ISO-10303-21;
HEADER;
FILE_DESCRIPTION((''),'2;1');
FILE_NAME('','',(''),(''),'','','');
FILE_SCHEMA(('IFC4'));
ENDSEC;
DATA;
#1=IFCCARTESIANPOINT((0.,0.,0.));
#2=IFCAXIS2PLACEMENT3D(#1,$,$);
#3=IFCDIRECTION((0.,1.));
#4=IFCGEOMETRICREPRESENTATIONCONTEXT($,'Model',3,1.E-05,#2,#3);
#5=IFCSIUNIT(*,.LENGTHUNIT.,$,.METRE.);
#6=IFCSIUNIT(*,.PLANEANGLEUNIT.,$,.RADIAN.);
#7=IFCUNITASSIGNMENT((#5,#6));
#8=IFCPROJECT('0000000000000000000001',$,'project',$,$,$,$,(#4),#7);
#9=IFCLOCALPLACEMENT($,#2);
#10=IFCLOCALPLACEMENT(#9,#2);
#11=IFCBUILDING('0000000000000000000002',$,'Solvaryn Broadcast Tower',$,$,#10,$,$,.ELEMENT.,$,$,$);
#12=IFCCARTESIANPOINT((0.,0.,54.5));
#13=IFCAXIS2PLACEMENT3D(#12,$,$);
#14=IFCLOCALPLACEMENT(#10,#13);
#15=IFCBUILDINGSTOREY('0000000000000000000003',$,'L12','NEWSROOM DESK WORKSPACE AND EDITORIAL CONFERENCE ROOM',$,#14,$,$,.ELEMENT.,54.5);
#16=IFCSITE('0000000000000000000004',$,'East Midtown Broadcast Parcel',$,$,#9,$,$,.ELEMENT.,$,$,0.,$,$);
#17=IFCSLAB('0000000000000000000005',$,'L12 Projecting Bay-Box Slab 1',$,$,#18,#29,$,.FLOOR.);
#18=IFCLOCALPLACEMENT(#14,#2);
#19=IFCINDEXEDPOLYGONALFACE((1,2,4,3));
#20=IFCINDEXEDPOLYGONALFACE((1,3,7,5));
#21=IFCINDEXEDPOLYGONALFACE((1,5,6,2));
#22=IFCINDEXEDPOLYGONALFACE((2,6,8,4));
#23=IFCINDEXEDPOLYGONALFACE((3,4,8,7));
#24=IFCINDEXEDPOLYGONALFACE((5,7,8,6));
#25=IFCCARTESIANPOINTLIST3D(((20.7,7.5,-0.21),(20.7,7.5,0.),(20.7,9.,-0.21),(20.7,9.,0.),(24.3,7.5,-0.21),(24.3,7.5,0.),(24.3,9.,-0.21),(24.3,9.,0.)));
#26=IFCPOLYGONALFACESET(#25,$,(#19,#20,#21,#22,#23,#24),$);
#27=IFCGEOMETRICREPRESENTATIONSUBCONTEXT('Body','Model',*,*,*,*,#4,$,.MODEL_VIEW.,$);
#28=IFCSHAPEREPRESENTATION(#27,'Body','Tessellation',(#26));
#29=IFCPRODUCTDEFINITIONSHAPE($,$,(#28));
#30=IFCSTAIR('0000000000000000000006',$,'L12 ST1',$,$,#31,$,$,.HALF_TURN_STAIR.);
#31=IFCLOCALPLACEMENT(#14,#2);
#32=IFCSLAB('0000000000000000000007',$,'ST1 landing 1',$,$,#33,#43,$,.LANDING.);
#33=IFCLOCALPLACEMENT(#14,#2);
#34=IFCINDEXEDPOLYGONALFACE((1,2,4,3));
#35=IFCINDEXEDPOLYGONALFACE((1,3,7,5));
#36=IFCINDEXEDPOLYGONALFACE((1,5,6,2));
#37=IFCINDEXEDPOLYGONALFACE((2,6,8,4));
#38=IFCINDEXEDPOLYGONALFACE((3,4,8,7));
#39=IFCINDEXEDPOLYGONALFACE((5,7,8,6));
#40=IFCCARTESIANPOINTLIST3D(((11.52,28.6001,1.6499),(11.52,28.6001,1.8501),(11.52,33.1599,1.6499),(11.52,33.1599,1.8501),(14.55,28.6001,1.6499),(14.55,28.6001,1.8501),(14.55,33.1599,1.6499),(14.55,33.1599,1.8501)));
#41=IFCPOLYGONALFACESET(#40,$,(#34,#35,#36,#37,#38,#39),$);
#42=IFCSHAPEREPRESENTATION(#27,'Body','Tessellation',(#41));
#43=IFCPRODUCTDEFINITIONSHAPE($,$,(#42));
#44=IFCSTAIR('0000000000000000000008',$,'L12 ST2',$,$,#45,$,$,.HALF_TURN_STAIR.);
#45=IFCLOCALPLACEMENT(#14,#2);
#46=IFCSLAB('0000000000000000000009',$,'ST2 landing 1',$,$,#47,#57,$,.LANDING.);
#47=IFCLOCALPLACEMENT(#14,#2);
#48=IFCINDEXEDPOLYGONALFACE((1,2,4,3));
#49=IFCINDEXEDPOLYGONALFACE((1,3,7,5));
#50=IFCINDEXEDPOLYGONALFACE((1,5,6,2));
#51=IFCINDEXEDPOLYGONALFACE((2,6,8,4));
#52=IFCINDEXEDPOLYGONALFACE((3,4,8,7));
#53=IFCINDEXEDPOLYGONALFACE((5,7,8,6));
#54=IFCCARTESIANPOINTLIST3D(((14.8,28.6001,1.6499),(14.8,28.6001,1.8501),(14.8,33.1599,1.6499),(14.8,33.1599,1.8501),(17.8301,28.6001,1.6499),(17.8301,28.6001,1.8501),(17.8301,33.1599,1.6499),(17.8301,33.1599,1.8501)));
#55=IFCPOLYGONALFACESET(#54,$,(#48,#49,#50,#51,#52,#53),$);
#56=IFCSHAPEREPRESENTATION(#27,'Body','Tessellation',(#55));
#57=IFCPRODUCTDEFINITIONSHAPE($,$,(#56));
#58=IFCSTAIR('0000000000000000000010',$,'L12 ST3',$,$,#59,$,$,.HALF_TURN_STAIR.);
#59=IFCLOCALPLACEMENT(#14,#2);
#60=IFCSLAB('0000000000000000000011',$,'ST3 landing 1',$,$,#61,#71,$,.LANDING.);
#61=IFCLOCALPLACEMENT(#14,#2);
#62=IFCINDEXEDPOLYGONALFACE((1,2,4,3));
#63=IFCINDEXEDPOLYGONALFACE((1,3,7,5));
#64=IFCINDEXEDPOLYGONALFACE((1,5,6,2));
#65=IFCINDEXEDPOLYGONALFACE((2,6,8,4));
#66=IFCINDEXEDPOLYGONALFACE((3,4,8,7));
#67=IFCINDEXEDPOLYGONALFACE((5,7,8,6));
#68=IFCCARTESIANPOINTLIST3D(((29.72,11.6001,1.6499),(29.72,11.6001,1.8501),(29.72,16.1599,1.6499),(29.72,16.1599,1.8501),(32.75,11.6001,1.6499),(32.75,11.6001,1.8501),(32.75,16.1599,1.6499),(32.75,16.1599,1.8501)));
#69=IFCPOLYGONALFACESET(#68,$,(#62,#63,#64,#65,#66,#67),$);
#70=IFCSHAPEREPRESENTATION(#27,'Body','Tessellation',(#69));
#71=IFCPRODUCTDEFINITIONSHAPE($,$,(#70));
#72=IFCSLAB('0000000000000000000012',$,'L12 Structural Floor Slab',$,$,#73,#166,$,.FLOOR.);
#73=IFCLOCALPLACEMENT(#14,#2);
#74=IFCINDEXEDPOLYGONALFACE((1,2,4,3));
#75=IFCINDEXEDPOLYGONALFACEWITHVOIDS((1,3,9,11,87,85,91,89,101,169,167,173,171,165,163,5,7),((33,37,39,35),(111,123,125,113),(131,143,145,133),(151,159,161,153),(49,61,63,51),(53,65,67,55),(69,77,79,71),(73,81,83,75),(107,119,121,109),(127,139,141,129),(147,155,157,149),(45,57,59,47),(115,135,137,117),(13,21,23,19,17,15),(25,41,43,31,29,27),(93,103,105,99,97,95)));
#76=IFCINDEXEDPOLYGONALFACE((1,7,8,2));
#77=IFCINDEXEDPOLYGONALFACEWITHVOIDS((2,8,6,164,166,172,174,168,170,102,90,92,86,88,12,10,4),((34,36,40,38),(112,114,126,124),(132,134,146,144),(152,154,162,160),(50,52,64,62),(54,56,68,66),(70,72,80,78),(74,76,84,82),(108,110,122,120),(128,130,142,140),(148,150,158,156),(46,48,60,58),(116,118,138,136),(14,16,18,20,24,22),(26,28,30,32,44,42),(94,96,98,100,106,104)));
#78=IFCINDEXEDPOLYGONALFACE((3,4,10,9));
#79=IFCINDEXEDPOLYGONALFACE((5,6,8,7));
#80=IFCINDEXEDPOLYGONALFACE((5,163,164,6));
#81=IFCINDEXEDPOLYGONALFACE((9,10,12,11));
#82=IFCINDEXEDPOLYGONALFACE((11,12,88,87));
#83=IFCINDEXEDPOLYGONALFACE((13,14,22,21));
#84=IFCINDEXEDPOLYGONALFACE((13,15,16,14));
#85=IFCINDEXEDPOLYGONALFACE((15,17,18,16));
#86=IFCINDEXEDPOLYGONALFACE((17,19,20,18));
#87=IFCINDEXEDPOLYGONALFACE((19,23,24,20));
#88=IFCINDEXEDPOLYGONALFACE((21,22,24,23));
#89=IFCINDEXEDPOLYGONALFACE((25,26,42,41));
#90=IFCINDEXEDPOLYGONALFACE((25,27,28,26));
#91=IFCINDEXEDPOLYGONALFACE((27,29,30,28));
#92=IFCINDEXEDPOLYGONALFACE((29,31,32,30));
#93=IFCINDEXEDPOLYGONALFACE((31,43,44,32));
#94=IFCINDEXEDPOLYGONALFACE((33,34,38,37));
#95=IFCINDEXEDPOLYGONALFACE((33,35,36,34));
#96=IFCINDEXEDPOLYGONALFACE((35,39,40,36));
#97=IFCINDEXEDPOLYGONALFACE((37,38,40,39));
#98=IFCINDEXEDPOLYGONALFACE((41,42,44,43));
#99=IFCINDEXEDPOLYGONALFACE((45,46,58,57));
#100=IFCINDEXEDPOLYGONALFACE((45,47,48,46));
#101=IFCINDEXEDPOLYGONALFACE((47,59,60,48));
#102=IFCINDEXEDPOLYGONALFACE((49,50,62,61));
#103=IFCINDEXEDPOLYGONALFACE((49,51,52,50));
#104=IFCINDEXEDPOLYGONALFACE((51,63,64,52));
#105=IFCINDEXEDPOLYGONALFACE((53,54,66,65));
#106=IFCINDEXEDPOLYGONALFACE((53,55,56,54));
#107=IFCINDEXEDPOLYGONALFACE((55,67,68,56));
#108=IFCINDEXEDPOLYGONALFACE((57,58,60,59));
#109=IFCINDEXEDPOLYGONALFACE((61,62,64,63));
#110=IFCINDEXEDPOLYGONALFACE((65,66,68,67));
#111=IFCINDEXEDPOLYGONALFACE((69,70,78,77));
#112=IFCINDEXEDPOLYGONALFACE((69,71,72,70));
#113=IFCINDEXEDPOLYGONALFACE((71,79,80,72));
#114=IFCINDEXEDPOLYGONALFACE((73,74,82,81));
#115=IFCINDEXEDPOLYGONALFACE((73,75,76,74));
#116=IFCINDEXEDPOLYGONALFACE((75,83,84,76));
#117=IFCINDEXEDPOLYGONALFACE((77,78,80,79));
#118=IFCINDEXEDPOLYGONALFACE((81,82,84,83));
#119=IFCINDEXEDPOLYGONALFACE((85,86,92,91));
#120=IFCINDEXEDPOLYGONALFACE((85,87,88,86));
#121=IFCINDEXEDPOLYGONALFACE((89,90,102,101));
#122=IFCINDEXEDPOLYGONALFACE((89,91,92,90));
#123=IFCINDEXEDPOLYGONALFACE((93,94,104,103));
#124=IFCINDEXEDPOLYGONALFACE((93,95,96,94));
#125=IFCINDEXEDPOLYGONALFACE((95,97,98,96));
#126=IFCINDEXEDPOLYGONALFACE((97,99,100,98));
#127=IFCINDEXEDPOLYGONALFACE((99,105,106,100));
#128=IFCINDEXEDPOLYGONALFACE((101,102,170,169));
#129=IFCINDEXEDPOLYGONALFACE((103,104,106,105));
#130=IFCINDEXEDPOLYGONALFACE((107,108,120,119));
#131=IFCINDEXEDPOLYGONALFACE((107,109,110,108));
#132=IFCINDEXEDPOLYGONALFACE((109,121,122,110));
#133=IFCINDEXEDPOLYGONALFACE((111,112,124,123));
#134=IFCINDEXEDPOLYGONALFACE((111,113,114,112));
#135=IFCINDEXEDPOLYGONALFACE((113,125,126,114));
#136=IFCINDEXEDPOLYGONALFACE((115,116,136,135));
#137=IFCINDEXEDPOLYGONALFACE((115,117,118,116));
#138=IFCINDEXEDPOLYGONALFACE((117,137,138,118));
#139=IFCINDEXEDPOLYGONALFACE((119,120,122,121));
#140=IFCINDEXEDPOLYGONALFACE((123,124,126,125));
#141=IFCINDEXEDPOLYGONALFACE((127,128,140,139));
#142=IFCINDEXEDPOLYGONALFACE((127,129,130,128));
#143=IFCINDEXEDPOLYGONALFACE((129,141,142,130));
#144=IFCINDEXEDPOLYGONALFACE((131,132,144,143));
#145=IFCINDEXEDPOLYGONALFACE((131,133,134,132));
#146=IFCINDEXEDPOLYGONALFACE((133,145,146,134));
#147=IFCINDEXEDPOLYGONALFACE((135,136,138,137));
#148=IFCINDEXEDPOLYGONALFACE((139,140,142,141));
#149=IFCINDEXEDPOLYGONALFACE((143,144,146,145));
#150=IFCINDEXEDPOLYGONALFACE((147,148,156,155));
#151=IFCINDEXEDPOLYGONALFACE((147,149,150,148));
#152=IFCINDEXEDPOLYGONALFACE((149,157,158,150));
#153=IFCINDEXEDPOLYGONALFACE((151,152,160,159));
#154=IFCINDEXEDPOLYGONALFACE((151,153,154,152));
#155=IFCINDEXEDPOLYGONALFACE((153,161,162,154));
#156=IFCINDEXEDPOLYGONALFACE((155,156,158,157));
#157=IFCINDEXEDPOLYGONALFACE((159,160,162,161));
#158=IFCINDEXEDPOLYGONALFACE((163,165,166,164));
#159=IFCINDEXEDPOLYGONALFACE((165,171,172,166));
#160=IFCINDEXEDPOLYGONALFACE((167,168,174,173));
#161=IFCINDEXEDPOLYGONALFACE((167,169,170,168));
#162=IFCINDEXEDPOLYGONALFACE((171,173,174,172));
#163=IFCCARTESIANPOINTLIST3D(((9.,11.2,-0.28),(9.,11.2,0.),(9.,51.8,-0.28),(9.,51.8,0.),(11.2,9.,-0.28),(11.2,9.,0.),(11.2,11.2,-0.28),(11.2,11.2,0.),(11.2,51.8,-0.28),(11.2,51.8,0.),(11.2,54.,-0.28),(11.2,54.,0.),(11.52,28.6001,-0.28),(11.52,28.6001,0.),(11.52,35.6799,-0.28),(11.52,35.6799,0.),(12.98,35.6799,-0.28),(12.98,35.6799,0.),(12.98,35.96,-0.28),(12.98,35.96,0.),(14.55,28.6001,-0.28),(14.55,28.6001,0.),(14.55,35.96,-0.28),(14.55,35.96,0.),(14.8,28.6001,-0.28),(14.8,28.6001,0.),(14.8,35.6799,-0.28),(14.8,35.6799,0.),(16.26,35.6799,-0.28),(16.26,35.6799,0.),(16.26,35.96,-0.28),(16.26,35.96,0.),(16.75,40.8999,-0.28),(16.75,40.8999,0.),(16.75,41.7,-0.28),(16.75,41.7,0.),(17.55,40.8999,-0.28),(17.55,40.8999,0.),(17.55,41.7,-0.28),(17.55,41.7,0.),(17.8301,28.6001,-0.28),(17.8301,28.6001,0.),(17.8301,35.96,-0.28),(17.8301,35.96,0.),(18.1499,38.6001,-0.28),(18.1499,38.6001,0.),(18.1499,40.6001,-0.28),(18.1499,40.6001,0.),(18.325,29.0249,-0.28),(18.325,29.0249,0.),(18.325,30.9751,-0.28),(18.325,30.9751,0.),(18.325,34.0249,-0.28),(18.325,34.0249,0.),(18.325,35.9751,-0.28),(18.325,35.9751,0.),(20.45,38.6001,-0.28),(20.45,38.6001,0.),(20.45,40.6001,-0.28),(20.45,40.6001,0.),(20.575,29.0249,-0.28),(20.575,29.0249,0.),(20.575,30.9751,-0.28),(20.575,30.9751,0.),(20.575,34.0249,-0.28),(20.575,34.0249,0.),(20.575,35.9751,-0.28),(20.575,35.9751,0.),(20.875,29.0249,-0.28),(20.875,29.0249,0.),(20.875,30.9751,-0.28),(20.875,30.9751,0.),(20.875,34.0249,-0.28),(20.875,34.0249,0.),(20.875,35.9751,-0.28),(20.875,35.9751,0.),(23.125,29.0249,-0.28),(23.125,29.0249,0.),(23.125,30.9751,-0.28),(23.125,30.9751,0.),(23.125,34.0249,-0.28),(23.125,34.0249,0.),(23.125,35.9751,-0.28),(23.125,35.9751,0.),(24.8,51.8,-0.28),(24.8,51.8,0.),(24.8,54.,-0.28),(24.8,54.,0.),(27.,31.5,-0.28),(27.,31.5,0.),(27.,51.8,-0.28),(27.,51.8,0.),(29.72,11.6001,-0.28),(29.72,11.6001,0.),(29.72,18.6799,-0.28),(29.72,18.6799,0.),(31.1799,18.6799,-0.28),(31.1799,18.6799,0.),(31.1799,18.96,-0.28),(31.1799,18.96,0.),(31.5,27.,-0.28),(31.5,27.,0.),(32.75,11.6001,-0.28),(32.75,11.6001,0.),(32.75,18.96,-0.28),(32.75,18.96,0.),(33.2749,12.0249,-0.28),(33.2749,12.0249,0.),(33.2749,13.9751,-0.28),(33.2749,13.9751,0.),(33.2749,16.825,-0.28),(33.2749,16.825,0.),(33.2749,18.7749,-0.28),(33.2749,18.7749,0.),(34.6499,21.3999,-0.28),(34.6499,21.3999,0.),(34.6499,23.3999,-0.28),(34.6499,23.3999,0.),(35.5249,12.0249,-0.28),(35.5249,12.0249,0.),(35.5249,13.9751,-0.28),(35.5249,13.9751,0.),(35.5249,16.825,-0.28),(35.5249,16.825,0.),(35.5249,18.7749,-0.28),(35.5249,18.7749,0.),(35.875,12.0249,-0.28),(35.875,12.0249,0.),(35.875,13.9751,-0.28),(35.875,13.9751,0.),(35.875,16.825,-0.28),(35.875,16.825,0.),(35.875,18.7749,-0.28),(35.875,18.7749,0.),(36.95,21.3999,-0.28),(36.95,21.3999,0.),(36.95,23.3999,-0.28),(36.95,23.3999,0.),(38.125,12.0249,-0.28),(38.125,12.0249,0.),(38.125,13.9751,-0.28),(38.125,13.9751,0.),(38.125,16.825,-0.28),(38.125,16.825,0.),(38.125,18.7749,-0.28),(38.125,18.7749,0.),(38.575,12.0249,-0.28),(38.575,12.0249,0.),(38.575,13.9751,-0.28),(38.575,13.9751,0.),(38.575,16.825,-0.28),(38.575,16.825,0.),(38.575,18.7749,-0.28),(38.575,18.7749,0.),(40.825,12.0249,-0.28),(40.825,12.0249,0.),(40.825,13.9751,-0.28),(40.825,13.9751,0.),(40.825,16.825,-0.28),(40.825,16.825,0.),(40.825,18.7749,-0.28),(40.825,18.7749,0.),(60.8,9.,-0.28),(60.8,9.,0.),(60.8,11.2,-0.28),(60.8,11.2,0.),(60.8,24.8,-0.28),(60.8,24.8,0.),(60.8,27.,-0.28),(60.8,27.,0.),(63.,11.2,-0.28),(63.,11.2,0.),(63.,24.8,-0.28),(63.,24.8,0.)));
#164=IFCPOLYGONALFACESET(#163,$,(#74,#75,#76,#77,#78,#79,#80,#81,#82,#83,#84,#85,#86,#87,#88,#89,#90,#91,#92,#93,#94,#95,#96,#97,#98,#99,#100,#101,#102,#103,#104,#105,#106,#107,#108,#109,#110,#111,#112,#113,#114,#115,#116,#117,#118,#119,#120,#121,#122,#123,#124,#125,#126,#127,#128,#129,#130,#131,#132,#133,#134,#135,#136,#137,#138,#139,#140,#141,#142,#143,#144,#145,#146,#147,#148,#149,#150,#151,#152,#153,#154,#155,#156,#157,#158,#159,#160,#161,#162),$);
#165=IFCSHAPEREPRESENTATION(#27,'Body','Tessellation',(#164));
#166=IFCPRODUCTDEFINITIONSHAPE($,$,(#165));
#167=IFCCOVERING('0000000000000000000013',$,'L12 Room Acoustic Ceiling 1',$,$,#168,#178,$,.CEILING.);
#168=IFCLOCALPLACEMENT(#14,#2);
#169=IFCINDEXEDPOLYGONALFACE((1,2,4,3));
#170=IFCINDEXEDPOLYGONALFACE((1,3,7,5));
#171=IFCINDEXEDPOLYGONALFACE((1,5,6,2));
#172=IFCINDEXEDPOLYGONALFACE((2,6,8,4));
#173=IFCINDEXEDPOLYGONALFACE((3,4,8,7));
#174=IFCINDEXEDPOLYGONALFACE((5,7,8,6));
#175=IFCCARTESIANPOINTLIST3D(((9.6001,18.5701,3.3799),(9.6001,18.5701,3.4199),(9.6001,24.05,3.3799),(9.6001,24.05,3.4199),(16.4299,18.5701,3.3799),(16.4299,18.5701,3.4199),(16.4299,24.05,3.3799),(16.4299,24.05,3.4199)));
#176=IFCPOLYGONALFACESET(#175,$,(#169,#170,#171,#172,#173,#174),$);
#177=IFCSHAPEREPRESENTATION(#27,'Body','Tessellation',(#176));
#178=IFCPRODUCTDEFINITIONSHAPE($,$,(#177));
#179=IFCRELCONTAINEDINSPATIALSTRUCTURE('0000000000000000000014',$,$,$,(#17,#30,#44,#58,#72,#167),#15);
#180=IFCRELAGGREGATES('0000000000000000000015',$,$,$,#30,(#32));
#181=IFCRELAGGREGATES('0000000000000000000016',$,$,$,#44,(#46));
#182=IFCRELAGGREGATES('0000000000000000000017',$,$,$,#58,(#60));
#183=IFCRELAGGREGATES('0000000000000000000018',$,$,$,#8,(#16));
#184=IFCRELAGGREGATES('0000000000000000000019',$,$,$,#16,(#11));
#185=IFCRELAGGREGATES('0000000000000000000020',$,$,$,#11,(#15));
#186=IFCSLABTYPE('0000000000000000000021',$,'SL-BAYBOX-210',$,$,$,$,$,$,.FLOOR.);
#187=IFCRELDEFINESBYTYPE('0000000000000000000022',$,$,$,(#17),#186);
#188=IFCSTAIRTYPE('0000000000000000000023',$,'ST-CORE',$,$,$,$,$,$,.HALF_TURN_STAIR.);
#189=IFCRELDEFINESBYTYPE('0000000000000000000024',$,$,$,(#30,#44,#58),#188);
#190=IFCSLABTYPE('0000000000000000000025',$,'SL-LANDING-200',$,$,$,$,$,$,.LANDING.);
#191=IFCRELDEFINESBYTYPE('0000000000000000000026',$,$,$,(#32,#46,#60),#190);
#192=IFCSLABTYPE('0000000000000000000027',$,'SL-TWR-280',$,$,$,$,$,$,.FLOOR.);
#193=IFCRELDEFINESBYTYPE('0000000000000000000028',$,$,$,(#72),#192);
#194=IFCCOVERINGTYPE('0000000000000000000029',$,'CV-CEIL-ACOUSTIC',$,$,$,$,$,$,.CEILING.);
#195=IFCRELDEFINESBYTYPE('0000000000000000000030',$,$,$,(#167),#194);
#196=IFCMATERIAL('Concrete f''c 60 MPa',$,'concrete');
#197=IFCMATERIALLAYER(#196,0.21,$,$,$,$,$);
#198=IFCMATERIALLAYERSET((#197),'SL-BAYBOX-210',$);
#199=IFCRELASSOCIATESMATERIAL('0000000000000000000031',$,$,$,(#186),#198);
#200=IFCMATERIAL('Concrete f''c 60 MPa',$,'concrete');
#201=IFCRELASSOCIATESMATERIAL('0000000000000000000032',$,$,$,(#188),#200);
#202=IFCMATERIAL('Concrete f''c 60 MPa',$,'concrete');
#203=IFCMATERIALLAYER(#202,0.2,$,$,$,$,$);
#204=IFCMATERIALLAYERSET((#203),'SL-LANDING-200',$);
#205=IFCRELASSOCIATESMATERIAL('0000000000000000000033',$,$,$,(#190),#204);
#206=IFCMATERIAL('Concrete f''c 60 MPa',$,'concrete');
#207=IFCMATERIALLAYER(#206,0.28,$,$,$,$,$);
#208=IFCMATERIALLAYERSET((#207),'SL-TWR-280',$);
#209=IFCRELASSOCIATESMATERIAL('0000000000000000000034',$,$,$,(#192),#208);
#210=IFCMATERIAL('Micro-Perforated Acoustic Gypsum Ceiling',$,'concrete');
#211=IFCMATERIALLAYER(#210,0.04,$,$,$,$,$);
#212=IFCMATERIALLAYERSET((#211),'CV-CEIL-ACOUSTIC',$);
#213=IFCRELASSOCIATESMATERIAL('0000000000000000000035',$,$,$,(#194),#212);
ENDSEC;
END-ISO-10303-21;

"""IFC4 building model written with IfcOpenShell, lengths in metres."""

from ifc_helpers import new_model, si_unit, direction, frame, origin, place, context, subcontext, project, spatial, polyline, outline, extrude, material, layer, layer_set, type_object, element, aggregate, save


model = new_model("IFC4")

# Units and contexts
model_context = context("Model", 3, precision=1e-05, world=origin(), true_north=direction((0.0, 1.0)))
body_context = subcontext(model_context, "Body", "Model", "MODEL_VIEW")
ifc_project = project(units=[si_unit("LENGTHUNIT", "METRE"), si_unit("PLANEANGLEUNIT", "RADIAN")], contexts=[model_context])

# Site, building, storey
site_placement = place(None, origin())
site = spatial("IfcSite", under=ifc_project, at=site_placement, Name="East Midtown Broadcast Parcel", CompositionType="ELEMENT", RefElevation=0.0)
building_placement = place(site_placement, origin())
building = spatial("IfcBuilding", under=site, at=building_placement, Name="Solvaryn Broadcast Tower", CompositionType="ELEMENT")
storey_placement = place(building_placement, frame((0.0, 0.0, 54.5)))
storey = spatial("IfcBuildingStorey", under=building, at=storey_placement, Name="L12", Description="NEWSROOM DESK WORKSPACE AND EDITORIAL CONFERENCE ROOM", CompositionType="ELEMENT", Elevation=54.5)

# Slab
ifc_material_1 = material(Name="Concrete f'c 60 MPa", Category="concrete")
ifc_layer_1 = layer(ifc_material_1, 0.21)
ifc_layer_set_1 = layer_set([ifc_layer_1], Name="SL-BAYBOX-210")
slab_type_1 = type_object("IfcSlabType", Name="SL-BAYBOX-210", PredefinedType="FLOOR", material=ifc_layer_set_1)
slab_1_placement = place(storey_placement, frame((0.0, 0.0, -0.21)))
element("IfcSlab", 1, at=slab_1_placement, inside=storey, type_object=slab_type_1, Name="L12 Projecting Bay-Box Slab 1", PredefinedType="FLOOR", context=body_context, shape_type="SweptSolid", body=[
    extrude(outline(polyline([(20.7, 7.5), (24.3, 7.5), (24.3, 9.0), (20.7, 9.0), (20.7, 7.5)])), origin(), (0.0, 0.0, 1.0), 0.21),
])

# Stairs, slabs
ifc_material_2 = material(Name="Concrete f'c 60 MPa", Category="concrete")
stair_type = type_object("IfcStairType", Name="ST-CORE", PredefinedType="HALF_TURN_STAIR", material=ifc_material_2)
stair_1_placement = place(storey_placement, origin())
stair_1 = element("IfcStair", 2, at=stair_1_placement, inside=storey, type_object=stair_type, Name="L12 ST1", PredefinedType="HALF_TURN_STAIR")
ifc_material_3 = material(Name="Concrete f'c 60 MPa", Category="concrete")
ifc_layer_2 = layer(ifc_material_3, 0.2)
ifc_layer_set_2 = layer_set([ifc_layer_2], Name="SL-LANDING-200")
slab_type_2 = type_object("IfcSlabType", Name="SL-LANDING-200", PredefinedType="LANDING", material=ifc_layer_set_2)
slab_2_placement = place(storey_placement, frame((0.0, 0.0, 1.6499)))
slab_2 = element("IfcSlab", 3, at=slab_2_placement, type_object=slab_type_2, Name="ST1 landing 1", PredefinedType="LANDING", context=body_context, shape_type="SweptSolid", body=[
    extrude(outline(polyline([(11.52, 33.1599), (11.52, 28.6001), (14.55, 28.6001), (14.55, 33.1599), (11.52, 33.1599)])), origin(), (0.0, 0.0, 1.0), 0.2002),
])
aggregate(stair_1, [slab_2])
stair_2_placement = place(storey_placement, origin())
stair_2 = element("IfcStair", 4, at=stair_2_placement, inside=storey, type_object=stair_type, Name="L12 ST2", PredefinedType="HALF_TURN_STAIR")
slab_3_placement = place(storey_placement, frame((0.0, 0.0, 1.6499)))
slab_3 = element("IfcSlab", 5, at=slab_3_placement, type_object=slab_type_2, Name="ST2 landing 1", PredefinedType="LANDING", context=body_context, shape_type="SweptSolid", body=[
    extrude(outline(polyline([(14.8, 33.1599), (14.8, 28.6001), (17.8301, 28.6001), (17.8301, 33.1599), (14.8, 33.1599)])), origin(), (0.0, 0.0, 1.0), 0.2002),
])
aggregate(stair_2, [slab_3])
stair_3_placement = place(storey_placement, origin())
stair_3 = element("IfcStair", 6, at=stair_3_placement, inside=storey, type_object=stair_type, Name="L12 ST3", PredefinedType="HALF_TURN_STAIR")
slab_4_placement = place(storey_placement, frame((0.0, 0.0, 1.6499)))
slab_4 = element("IfcSlab", 7, at=slab_4_placement, type_object=slab_type_2, Name="ST3 landing 1", PredefinedType="LANDING", context=body_context, shape_type="SweptSolid", body=[
    extrude(outline(polyline([(29.72, 16.1599), (29.72, 11.6001), (32.75, 11.6001), (32.75, 16.1599), (29.72, 16.1599)])), origin(), (0.0, 0.0, 1.0), 0.2002),
])
aggregate(stair_3, [slab_4])

# Slab
ifc_material_4 = material(Name="Concrete f'c 60 MPa", Category="concrete")
ifc_layer_3 = layer(ifc_material_4, 0.28)
ifc_layer_set_3 = layer_set([ifc_layer_3], Name="SL-TWR-280")
slab_type_3 = type_object("IfcSlabType", Name="SL-TWR-280", PredefinedType="FLOOR", material=ifc_layer_set_3)
slab_5_placement = place(storey_placement, frame((0.0, 0.0, -0.28)))
element("IfcSlab", 8, at=slab_5_placement, inside=storey, type_object=slab_type_3, Name="L12 Structural Floor Slab", PredefinedType="FLOOR", context=body_context, shape_type="SweptSolid", body=[
    extrude(outline(polyline([(11.2, 9.0), (60.8, 9.0), (60.8, 11.2), (63.0, 11.2), (63.0, 24.8), (60.8, 24.8), (60.8, 27.0), (31.5, 27.0), (27.0, 31.5), (27.0, 51.8), (24.8, 51.8), (24.8, 54.0), (11.2, 54.0), (11.2, 51.8), (9.0, 51.8), (9.0, 11.2), (11.2, 11.2), (11.2, 9.0)]), holes=[polyline([(11.52, 28.6001), (14.55, 28.6001), (14.55, 35.96), (12.98, 35.96), (12.98, 35.6799), (11.52, 35.6799), (11.52, 28.6001)]), polyline([(14.8, 28.6001), (17.8301, 28.6001), (17.8301, 35.96), (16.26, 35.96), (16.26, 35.6799), (14.8, 35.6799), (14.8, 28.6001)]), polyline([(29.72, 11.6001), (32.75, 11.6001), (32.75, 18.96), (31.1799, 18.96), (31.1799, 18.6799), (29.72, 18.6799), (29.72, 11.6001)]), polyline([(18.1499, 38.6001), (20.45, 38.6001), (20.45, 40.6001), (18.1499, 40.6001), (18.1499, 38.6001)]), polyline([(18.325, 29.0249), (20.575, 29.0249), (20.575, 30.9751), (18.325, 30.9751), (18.325, 29.0249)]), polyline([(20.875, 29.0249), (23.125, 29.0249), (23.125, 30.9751), (20.875, 30.9751), (20.875, 29.0249)]), polyline([(18.325, 34.0249), (20.575, 34.0249), (20.575, 35.9751), (18.325, 35.9751), (18.325, 34.0249)]), polyline([(20.875, 34.0249), (23.125, 34.0249), (23.125, 35.9751), (20.875, 35.9751), (20.875, 34.0249)]), polyline([(34.6499, 21.3999), (36.95, 21.3999), (36.95, 23.3999), (34.6499, 23.3999), (34.6499, 21.3999)]), polyline([(33.2749, 12.0249), (35.5249, 12.0249), (35.5249, 13.9751), (33.2749, 13.9751), (33.2749, 12.0249)]), polyline([(35.875, 12.0249), (38.125, 12.0249), (38.125, 13.9751), (35.875, 13.9751), (35.875, 12.0249)]), polyline([(33.2749, 16.825), (35.5249, 16.825), (35.5249, 18.7749), (33.2749, 18.7749), (33.2749, 16.825)]), polyline([(35.875, 16.825), (38.125, 16.825), (38.125, 18.7749), (35.875, 18.7749), (35.875, 16.825)]), polyline([(38.575, 12.0249), (40.825, 12.0249), (40.825, 13.9751), (38.575, 13.9751), (38.575, 12.0249)]), polyline([(38.575, 16.825), (40.825, 16.825), (40.825, 18.7749), (38.575, 18.7749), (38.575, 16.825)]), polyline([(16.75, 40.8999), (17.55, 40.8999), (17.55, 41.7), (16.75, 41.7), (16.75, 40.8999)])]), origin(), (0.0, 0.0, 1.0), 0.28),
])

# Covering
ifc_material_5 = material(Name="Micro-Perforated Acoustic Gypsum Ceiling", Category="concrete")
ifc_layer_4 = layer(ifc_material_5, 0.04)
ifc_layer_set_4 = layer_set([ifc_layer_4], Name="CV-CEIL-ACOUSTIC")
covering_type_1 = type_object("IfcCoveringType", Name="CV-CEIL-ACOUSTIC", PredefinedType="CEILING", material=ifc_layer_set_4)
covering_1_placement = place(storey_placement, frame((0.0, 0.0, 3.3799)))
element("IfcCovering", 9, at=covering_1_placement, inside=storey, type_object=covering_type_1, Name="L12 Room Acoustic Ceiling 1", PredefinedType="CEILING", context=body_context, shape_type="SweptSolid", body=[
    extrude(outline(polyline([(9.6001, 18.5701), (16.4299, 18.5701), (16.4299, 24.05), (9.6001, 24.05), (9.6001, 18.5701)])), origin(), (0.0, 0.0, 1.0), 0.04),
])

save(model, "model.ifc")
